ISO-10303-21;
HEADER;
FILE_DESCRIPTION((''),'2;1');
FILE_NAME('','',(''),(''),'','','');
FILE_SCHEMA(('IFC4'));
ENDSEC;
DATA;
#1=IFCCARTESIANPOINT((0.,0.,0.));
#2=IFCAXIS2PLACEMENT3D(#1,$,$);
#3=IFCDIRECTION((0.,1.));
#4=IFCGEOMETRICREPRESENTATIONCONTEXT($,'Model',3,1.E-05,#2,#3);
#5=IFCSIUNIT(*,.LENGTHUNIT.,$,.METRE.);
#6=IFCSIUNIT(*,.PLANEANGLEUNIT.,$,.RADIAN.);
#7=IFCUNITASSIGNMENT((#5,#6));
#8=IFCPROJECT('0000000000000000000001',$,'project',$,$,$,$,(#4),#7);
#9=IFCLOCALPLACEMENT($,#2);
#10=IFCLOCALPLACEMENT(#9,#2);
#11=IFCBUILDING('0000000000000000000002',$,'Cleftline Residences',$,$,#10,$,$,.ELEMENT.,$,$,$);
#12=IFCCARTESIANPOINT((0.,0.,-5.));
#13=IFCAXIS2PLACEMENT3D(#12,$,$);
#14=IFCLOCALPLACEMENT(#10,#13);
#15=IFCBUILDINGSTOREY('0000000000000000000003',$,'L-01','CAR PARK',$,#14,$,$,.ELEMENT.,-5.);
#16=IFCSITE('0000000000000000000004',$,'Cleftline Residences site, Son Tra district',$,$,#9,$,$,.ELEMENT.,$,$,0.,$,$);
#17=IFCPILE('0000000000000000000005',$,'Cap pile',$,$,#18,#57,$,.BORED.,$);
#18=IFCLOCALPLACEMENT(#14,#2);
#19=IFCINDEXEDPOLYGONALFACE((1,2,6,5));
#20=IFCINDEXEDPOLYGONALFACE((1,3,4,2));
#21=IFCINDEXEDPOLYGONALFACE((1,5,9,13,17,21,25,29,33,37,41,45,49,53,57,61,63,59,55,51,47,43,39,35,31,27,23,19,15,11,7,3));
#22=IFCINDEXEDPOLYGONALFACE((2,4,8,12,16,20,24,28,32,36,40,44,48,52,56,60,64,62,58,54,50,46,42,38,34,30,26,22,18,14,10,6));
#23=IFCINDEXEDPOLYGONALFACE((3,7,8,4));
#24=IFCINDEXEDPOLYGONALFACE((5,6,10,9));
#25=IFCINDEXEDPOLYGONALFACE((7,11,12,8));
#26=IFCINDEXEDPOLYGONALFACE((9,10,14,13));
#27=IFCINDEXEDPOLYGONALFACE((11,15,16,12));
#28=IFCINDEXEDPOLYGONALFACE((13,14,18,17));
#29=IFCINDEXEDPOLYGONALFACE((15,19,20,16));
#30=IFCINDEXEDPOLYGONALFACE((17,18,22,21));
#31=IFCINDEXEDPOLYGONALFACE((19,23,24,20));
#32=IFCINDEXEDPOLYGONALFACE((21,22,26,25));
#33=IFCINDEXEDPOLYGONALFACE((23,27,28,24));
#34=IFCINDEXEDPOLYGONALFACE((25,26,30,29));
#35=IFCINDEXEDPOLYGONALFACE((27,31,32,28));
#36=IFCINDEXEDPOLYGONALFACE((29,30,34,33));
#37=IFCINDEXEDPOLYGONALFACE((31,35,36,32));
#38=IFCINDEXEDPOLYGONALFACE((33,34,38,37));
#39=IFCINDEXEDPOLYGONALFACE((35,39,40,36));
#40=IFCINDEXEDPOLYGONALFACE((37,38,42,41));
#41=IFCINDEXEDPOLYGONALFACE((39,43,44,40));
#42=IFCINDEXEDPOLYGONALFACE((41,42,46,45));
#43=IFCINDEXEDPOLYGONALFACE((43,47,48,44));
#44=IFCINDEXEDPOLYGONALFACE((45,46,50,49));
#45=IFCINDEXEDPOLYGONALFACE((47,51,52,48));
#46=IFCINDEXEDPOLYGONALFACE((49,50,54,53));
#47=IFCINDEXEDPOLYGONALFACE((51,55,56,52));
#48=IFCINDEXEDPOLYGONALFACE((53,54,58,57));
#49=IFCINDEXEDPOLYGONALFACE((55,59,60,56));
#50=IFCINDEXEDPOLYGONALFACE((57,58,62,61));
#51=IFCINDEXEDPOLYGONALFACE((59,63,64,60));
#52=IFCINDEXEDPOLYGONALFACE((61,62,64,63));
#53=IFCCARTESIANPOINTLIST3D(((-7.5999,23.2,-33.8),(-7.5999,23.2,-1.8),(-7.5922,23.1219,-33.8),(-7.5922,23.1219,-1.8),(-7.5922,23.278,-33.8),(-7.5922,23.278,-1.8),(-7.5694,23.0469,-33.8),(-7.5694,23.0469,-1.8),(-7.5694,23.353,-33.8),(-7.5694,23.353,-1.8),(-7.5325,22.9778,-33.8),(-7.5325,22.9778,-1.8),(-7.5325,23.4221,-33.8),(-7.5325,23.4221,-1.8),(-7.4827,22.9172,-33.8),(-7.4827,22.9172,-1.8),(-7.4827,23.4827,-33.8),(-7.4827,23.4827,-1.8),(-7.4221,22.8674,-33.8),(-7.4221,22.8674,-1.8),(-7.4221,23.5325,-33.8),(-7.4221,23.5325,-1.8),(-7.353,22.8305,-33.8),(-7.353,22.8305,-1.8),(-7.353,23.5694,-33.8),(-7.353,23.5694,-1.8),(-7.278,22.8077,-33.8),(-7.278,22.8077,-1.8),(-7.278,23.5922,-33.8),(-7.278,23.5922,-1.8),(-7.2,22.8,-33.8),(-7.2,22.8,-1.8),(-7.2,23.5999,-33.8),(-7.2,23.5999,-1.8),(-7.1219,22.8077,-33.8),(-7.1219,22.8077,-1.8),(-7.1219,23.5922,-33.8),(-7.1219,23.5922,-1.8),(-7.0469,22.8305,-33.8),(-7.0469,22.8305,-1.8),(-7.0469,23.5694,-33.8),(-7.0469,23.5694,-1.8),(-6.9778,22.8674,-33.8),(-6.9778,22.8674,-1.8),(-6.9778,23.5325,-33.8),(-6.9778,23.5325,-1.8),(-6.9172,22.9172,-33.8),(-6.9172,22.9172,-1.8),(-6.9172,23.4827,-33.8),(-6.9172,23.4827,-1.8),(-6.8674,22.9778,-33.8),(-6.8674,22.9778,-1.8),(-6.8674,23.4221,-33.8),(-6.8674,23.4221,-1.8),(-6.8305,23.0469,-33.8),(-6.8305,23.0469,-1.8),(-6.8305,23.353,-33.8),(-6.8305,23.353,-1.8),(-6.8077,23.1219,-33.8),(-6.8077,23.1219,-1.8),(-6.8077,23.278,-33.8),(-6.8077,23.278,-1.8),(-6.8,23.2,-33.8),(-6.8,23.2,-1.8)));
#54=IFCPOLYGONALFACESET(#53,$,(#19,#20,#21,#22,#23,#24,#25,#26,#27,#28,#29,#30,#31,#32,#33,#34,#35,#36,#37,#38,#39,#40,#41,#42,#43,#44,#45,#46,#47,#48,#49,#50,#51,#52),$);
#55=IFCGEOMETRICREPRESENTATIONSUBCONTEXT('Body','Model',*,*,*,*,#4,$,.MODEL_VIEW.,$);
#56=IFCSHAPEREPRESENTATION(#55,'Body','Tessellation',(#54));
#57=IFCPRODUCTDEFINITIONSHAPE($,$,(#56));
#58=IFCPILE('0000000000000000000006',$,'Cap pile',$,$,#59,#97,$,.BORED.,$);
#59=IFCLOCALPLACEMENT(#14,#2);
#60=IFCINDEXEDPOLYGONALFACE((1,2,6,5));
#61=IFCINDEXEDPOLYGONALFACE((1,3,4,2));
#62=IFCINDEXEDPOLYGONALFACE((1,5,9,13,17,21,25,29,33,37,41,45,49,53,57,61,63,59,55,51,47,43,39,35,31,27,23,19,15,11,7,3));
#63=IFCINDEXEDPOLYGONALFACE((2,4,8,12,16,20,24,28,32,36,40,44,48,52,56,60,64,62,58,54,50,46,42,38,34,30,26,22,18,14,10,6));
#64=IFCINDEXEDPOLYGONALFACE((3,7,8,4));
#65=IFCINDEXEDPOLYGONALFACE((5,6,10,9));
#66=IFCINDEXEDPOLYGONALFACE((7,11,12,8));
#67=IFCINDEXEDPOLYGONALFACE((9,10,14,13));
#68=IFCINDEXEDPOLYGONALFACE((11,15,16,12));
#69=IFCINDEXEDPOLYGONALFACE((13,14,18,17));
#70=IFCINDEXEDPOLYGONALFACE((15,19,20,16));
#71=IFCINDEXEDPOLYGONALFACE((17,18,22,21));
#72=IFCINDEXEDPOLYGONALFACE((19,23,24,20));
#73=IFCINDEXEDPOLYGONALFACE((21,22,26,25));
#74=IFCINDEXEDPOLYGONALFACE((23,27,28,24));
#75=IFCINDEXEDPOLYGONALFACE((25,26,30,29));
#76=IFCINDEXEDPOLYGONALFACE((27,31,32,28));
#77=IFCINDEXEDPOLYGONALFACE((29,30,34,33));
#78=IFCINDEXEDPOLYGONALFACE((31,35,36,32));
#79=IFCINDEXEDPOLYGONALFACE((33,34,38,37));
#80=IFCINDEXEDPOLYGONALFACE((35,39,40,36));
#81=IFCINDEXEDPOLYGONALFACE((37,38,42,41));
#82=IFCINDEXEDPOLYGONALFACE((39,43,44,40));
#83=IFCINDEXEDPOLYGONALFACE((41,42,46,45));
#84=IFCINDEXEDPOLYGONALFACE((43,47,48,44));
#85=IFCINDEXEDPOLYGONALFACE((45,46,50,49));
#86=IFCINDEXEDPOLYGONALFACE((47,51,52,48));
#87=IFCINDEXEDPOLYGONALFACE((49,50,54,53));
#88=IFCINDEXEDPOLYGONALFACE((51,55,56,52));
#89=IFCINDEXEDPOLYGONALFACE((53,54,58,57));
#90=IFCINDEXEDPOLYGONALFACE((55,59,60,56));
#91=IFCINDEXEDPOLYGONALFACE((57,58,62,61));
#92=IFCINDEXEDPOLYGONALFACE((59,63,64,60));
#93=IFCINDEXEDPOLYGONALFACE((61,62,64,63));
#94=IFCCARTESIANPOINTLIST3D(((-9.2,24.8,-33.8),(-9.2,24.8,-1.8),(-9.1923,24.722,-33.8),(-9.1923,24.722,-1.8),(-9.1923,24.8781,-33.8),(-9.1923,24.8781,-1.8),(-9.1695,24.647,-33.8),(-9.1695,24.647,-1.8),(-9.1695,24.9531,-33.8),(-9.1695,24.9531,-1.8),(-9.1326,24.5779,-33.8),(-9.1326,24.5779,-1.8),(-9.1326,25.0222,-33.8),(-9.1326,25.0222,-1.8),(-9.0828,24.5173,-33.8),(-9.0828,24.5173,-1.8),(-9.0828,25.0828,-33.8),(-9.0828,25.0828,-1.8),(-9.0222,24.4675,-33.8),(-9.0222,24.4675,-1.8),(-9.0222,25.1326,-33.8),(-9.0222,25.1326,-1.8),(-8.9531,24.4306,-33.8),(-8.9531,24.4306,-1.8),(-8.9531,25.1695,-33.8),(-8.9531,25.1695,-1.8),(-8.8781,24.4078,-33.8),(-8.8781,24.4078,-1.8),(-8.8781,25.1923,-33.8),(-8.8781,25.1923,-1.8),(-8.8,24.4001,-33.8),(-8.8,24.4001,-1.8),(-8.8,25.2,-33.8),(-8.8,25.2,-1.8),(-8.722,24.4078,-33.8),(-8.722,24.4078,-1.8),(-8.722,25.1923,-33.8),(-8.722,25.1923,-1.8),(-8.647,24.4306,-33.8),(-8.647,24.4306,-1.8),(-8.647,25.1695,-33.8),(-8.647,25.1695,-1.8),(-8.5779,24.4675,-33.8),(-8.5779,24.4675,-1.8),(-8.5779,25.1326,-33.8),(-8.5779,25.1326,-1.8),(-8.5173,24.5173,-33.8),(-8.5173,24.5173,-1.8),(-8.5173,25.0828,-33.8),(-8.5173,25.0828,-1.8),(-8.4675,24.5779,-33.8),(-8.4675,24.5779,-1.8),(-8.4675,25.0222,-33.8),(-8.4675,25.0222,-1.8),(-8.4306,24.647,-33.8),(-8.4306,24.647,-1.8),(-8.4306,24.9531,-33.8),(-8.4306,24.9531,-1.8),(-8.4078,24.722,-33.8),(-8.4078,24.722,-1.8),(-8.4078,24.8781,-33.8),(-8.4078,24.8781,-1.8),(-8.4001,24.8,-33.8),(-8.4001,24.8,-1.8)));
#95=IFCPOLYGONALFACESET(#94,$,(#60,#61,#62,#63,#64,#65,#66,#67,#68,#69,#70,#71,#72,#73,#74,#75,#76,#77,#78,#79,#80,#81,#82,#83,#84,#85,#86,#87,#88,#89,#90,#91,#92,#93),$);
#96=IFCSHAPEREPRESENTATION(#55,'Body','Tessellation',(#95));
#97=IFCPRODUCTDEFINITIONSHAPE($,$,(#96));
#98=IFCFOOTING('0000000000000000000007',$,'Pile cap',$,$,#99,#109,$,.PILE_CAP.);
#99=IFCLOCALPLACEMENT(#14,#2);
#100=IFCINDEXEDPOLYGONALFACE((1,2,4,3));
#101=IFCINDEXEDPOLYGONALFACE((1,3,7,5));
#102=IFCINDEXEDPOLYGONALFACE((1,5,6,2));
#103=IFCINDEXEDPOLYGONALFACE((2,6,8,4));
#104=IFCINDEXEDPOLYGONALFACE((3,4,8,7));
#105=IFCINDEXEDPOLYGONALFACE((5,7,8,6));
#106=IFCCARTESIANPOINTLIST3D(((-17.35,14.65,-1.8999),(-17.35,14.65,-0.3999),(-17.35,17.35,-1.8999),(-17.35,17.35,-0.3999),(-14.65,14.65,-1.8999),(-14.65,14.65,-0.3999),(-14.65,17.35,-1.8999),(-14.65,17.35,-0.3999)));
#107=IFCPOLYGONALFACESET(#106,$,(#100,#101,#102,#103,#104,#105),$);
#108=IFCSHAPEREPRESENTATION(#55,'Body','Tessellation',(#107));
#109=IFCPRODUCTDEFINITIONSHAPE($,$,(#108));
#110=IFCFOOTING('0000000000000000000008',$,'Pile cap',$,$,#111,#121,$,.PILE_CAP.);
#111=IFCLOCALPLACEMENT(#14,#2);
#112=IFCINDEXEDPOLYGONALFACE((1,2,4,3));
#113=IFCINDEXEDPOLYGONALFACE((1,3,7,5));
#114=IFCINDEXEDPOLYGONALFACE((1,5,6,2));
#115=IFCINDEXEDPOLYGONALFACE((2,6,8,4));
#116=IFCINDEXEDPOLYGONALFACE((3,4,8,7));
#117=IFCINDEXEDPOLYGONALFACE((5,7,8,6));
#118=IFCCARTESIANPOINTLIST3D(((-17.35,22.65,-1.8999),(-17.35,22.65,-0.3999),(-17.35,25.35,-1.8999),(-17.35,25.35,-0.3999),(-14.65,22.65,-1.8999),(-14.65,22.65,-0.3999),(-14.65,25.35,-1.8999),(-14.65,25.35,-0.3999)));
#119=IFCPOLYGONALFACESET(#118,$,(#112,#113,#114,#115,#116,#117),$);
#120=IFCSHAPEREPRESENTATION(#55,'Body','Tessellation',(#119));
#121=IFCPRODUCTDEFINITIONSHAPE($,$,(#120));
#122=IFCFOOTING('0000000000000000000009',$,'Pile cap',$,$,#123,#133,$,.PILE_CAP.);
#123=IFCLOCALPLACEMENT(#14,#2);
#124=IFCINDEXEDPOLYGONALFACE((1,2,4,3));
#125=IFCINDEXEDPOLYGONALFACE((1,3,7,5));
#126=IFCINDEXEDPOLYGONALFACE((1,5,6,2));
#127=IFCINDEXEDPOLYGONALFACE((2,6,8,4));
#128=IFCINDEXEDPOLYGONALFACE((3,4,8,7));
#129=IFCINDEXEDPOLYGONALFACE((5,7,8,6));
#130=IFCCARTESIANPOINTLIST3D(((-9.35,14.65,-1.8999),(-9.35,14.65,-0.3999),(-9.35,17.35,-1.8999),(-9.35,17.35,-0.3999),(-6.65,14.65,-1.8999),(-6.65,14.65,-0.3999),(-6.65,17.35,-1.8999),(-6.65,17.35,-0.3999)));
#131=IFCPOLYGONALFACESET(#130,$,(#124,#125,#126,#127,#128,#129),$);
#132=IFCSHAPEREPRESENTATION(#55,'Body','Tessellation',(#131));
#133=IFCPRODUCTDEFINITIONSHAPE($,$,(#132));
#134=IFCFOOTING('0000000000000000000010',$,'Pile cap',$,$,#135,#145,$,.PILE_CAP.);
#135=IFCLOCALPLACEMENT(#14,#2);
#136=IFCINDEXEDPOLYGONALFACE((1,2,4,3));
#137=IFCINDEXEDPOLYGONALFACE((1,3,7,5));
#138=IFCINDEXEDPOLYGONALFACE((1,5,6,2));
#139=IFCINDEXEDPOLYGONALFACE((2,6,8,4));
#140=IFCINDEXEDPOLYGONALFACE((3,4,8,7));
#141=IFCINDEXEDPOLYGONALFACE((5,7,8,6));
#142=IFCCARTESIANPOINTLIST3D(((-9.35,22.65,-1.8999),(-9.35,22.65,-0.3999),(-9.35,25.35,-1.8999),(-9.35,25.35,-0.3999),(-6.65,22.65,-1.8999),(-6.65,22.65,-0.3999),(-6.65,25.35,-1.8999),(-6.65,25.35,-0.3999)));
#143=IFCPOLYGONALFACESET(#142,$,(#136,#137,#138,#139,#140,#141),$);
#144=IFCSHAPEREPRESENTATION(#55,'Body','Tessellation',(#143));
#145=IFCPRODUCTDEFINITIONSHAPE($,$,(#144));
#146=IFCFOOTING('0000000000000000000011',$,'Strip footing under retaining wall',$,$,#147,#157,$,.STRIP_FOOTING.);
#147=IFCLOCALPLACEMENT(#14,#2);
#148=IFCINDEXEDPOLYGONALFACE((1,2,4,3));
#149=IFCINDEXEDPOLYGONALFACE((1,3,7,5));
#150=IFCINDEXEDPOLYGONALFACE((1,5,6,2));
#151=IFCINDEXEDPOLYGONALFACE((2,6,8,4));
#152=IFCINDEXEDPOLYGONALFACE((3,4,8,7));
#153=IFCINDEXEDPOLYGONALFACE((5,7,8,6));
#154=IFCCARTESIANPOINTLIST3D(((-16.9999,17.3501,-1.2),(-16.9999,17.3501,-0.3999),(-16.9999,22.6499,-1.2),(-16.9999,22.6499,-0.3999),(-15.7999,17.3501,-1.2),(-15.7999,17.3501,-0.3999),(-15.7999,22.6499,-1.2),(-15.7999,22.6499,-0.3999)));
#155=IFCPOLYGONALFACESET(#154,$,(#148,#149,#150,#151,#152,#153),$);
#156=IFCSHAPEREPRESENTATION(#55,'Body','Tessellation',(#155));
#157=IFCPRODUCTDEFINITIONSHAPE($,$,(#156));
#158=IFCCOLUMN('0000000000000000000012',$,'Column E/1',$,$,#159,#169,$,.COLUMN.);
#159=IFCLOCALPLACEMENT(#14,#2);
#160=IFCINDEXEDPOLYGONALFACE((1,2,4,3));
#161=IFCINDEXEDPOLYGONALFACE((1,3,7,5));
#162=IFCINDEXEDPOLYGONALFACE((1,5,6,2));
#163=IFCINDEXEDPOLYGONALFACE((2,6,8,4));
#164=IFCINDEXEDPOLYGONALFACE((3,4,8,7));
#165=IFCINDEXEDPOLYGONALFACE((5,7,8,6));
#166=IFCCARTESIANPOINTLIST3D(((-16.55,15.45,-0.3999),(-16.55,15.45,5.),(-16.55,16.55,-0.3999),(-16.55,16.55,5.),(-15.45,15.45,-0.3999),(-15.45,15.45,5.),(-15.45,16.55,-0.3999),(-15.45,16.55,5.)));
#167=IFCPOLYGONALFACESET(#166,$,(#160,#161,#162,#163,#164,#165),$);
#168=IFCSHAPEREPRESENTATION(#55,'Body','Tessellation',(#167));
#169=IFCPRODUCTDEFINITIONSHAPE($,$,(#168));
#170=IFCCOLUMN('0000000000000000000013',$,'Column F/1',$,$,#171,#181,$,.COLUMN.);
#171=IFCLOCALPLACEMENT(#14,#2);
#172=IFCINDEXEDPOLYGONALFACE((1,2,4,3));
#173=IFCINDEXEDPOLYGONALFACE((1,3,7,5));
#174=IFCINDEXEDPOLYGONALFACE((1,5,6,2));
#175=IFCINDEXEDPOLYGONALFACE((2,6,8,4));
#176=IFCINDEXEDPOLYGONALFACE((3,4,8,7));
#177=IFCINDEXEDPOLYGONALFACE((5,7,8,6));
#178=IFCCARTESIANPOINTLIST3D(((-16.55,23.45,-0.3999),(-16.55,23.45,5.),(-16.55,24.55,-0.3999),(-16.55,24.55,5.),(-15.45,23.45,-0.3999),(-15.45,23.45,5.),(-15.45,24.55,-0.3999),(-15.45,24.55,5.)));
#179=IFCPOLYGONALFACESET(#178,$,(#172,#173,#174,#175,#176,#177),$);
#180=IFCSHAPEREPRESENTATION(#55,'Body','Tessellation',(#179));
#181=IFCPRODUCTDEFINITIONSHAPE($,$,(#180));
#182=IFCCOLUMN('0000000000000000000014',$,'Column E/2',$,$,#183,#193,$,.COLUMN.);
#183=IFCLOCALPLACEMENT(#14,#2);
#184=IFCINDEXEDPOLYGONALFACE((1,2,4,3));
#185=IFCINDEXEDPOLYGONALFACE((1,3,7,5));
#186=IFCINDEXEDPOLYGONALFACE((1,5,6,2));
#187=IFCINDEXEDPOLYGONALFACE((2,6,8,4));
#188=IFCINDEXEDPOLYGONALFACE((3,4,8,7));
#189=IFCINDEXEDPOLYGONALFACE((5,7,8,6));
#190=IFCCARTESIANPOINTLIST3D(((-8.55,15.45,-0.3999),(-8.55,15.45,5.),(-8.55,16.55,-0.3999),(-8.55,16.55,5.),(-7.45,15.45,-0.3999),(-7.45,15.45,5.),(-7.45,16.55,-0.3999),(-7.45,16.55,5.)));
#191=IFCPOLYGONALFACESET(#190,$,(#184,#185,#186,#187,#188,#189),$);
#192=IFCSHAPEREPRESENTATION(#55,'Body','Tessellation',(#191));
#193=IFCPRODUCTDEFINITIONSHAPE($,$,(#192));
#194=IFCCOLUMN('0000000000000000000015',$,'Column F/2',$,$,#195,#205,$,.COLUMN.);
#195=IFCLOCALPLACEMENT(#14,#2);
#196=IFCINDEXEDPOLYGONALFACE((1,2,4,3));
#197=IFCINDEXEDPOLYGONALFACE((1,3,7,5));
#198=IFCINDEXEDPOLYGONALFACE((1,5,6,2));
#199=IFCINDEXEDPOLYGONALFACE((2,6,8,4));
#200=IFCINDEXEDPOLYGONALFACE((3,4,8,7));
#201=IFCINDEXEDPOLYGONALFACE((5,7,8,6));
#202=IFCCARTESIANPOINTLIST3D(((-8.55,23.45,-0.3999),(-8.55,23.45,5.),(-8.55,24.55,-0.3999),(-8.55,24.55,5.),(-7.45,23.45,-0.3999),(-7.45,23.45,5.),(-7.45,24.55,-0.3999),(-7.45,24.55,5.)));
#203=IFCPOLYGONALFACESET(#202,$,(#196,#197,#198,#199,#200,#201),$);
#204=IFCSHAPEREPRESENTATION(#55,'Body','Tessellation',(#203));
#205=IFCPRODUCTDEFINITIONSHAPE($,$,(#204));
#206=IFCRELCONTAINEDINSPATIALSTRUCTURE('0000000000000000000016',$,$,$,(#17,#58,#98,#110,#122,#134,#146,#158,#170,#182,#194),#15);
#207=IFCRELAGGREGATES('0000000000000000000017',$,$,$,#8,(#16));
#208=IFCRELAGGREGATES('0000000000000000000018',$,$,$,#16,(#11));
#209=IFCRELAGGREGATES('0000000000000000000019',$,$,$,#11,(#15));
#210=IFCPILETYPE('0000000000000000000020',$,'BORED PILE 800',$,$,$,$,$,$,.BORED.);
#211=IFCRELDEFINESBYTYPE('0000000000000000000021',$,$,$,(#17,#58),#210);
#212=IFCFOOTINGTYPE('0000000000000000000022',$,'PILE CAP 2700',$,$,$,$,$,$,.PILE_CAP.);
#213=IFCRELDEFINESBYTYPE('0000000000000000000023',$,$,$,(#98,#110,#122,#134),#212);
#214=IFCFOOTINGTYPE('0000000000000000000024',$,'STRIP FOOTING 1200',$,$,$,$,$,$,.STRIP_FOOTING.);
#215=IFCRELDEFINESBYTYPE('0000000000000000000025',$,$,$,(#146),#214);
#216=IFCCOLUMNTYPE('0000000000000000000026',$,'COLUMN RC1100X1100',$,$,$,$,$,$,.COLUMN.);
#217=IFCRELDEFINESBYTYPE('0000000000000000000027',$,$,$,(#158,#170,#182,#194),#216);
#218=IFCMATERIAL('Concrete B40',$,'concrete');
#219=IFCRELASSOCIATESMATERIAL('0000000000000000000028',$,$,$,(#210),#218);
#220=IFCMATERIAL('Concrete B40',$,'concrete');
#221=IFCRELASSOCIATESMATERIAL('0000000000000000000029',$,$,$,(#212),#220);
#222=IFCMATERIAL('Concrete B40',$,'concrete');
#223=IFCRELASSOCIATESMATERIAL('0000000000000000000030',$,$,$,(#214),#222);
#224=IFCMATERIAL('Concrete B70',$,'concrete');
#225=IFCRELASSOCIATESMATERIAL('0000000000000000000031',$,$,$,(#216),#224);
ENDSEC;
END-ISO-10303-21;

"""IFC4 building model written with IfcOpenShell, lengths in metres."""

from ifc_helpers import new_model, si_unit, direction, frame, frame_2d, origin, origin_2d, place, context, subcontext, project, spatial, rectangle, circle, extrude, material, material_profile, profile_set, type_object, element, save


model = new_model("IFC4")

# Units and contexts
model_context = context("Model", 3, precision=1e-05, world=origin(), true_north=direction((0.0, 1.0)))
body_context = subcontext(model_context, "Body", "Model", "MODEL_VIEW")
ifc_project = project(units=[si_unit("LENGTHUNIT", "METRE"), si_unit("PLANEANGLEUNIT", "RADIAN")], contexts=[model_context])

# Site, building, storey
site_placement = place(None, origin())
site = spatial("IfcSite", under=ifc_project, at=site_placement, Name="Cleftline Residences site, Son Tra district", CompositionType="ELEMENT", RefElevation=0.0)
building_placement = place(site_placement, origin())
building = spatial("IfcBuilding", under=site, at=building_placement, Name="Cleftline Residences", CompositionType="ELEMENT")
storey_placement = place(building_placement, frame((0.0, 0.0, -5.0)))
storey = spatial("IfcBuildingStorey", under=building, at=storey_placement, Name="L-01", Description="CAR PARK", CompositionType="ELEMENT", Elevation=-5.0)

# Piles
ifc_material_1 = material(Name="Concrete B40", Category="concrete")
ifc_material_profile_1 = material_profile(ifc_material_1, circle(Radius=0.3999, at=origin_2d()))
ifc_profile_set_1 = profile_set([ifc_material_profile_1], Name="Concrete B40")
pile_type_1 = type_object("IfcPileType", Name="BORED PILE 800", PredefinedType="BORED", material=ifc_profile_set_1)
for number, where, z_axis, x_axis, name in (
    (1, (-7.2, 23.2, -1.8), (0.0, 0.0, -1.0), (1.0, 0.0, 0.0), "Cap pile"),
    (2, (-8.8, 24.8, -1.8), (0.0, 0.0, -1.0), (1.0, 0.0, 0.0), "Cap pile"),
):
    element("IfcPile", number, at=place(storey_placement, frame(where, z_axis=z_axis, x_axis=x_axis)), inside=storey, type_object=pile_type_1, Name=name, PredefinedType="BORED", context=body_context, shape_type="SweptSolid", body=[
        extrude(circle(Radius=0.3999, at=origin_2d()), origin(), (0.0, 0.0, 1.0), 32.0),
    ])

# Footings
ifc_material_2 = material(Name="Concrete B40", Category="concrete")
footing_type_1 = type_object("IfcFootingType", Name="PILE CAP 2700", PredefinedType="PILE_CAP", material=ifc_material_2)
for number, where, z_axis, x_axis, name in (
    (3, (-16.0, 16.0, -1.8999), (0.0, 0.0, 1.0), (1.0, 0.0, 0.0), "Pile cap"),
    (4, (-16.0, 24.0, -1.8999), (0.0, 0.0, 1.0), (1.0, 0.0, 0.0), "Pile cap"),
    (5, (-8.0, 16.0, -1.8999), (0.0, 0.0, 1.0), (1.0, 0.0, 0.0), "Pile cap"),
    (6, (-8.0, 24.0, -1.8999), (0.0, 0.0, 1.0), (1.0, 0.0, 0.0), "Pile cap"),
):
    element("IfcFooting", number, at=place(storey_placement, frame(where, z_axis=z_axis, x_axis=x_axis)), inside=storey, type_object=footing_type_1, Name=name, PredefinedType="PILE_CAP", context=body_context, shape_type="SweptSolid", body=[
        extrude(rectangle(XDim=2.7, YDim=2.7, at=origin_2d()), origin(), (0.0, 0.0, 1.0), 1.5),
    ])
ifc_material_3 = material(Name="Concrete B40", Category="concrete")
footing_type_2 = type_object("IfcFootingType", Name="STRIP FOOTING 1200", PredefinedType="STRIP_FOOTING", material=ifc_material_3)
footing_placement = place(storey_placement, frame((-16.3999, 17.3501, -1.2), z_axis=(0.0, 0.0, 1.0), x_axis=(0.0, 1.0, 0.0)))
element("IfcFooting", 7, at=footing_placement, inside=storey, type_object=footing_type_2, Name="Strip footing under retaining wall", PredefinedType="STRIP_FOOTING", context=body_context, shape_type="SweptSolid", body=[
    extrude(rectangle(XDim=5.2998, YDim=1.2, at=frame_2d((2.6499, 0.0))), origin(), (0.0, 0.0, 1.0), 0.8),
])

# Columns
ifc_material_4 = material(Name="Concrete B70", Category="concrete")
ifc_material_profile_2 = material_profile(ifc_material_4, rectangle(XDim=1.1001, YDim=1.1001, at=origin_2d()))
ifc_profile_set_2 = profile_set([ifc_material_profile_2], Name="Concrete B70")
column_type_1 = type_object("IfcColumnType", Name="COLUMN RC1100X1100", PredefinedType="COLUMN", material=ifc_profile_set_2)
for number, where, z_axis, x_axis, name in (
    (8, (-16.0, 16.0, -0.3999), (0.0, 0.0, 1.0), (1.0, 0.0, 0.0), "Column E/1"),
    (9, (-16.0, 24.0, -0.3999), (0.0, 0.0, 1.0), (1.0, 0.0, 0.0), "Column F/1"),
    (10, (-8.0, 16.0, -0.3999), (0.0, 0.0, 1.0), (1.0, 0.0, 0.0), "Column E/2"),
    (11, (-8.0, 24.0, -0.3999), (0.0, 0.0, 1.0), (1.0, 0.0, 0.0), "Column F/2"),
):
    element("IfcColumn", number, at=place(storey_placement, frame(where, z_axis=z_axis, x_axis=x_axis)), inside=storey, type_object=column_type_1, Name=name, PredefinedType="COLUMN", context=body_context, shape_type="SweptSolid", body=[
        extrude(rectangle(XDim=1.1001, YDim=1.1001, at=origin_2d()), origin(), (0.0, 0.0, 1.0), 5.3999),
    ])

save(model, "model.ifc")
